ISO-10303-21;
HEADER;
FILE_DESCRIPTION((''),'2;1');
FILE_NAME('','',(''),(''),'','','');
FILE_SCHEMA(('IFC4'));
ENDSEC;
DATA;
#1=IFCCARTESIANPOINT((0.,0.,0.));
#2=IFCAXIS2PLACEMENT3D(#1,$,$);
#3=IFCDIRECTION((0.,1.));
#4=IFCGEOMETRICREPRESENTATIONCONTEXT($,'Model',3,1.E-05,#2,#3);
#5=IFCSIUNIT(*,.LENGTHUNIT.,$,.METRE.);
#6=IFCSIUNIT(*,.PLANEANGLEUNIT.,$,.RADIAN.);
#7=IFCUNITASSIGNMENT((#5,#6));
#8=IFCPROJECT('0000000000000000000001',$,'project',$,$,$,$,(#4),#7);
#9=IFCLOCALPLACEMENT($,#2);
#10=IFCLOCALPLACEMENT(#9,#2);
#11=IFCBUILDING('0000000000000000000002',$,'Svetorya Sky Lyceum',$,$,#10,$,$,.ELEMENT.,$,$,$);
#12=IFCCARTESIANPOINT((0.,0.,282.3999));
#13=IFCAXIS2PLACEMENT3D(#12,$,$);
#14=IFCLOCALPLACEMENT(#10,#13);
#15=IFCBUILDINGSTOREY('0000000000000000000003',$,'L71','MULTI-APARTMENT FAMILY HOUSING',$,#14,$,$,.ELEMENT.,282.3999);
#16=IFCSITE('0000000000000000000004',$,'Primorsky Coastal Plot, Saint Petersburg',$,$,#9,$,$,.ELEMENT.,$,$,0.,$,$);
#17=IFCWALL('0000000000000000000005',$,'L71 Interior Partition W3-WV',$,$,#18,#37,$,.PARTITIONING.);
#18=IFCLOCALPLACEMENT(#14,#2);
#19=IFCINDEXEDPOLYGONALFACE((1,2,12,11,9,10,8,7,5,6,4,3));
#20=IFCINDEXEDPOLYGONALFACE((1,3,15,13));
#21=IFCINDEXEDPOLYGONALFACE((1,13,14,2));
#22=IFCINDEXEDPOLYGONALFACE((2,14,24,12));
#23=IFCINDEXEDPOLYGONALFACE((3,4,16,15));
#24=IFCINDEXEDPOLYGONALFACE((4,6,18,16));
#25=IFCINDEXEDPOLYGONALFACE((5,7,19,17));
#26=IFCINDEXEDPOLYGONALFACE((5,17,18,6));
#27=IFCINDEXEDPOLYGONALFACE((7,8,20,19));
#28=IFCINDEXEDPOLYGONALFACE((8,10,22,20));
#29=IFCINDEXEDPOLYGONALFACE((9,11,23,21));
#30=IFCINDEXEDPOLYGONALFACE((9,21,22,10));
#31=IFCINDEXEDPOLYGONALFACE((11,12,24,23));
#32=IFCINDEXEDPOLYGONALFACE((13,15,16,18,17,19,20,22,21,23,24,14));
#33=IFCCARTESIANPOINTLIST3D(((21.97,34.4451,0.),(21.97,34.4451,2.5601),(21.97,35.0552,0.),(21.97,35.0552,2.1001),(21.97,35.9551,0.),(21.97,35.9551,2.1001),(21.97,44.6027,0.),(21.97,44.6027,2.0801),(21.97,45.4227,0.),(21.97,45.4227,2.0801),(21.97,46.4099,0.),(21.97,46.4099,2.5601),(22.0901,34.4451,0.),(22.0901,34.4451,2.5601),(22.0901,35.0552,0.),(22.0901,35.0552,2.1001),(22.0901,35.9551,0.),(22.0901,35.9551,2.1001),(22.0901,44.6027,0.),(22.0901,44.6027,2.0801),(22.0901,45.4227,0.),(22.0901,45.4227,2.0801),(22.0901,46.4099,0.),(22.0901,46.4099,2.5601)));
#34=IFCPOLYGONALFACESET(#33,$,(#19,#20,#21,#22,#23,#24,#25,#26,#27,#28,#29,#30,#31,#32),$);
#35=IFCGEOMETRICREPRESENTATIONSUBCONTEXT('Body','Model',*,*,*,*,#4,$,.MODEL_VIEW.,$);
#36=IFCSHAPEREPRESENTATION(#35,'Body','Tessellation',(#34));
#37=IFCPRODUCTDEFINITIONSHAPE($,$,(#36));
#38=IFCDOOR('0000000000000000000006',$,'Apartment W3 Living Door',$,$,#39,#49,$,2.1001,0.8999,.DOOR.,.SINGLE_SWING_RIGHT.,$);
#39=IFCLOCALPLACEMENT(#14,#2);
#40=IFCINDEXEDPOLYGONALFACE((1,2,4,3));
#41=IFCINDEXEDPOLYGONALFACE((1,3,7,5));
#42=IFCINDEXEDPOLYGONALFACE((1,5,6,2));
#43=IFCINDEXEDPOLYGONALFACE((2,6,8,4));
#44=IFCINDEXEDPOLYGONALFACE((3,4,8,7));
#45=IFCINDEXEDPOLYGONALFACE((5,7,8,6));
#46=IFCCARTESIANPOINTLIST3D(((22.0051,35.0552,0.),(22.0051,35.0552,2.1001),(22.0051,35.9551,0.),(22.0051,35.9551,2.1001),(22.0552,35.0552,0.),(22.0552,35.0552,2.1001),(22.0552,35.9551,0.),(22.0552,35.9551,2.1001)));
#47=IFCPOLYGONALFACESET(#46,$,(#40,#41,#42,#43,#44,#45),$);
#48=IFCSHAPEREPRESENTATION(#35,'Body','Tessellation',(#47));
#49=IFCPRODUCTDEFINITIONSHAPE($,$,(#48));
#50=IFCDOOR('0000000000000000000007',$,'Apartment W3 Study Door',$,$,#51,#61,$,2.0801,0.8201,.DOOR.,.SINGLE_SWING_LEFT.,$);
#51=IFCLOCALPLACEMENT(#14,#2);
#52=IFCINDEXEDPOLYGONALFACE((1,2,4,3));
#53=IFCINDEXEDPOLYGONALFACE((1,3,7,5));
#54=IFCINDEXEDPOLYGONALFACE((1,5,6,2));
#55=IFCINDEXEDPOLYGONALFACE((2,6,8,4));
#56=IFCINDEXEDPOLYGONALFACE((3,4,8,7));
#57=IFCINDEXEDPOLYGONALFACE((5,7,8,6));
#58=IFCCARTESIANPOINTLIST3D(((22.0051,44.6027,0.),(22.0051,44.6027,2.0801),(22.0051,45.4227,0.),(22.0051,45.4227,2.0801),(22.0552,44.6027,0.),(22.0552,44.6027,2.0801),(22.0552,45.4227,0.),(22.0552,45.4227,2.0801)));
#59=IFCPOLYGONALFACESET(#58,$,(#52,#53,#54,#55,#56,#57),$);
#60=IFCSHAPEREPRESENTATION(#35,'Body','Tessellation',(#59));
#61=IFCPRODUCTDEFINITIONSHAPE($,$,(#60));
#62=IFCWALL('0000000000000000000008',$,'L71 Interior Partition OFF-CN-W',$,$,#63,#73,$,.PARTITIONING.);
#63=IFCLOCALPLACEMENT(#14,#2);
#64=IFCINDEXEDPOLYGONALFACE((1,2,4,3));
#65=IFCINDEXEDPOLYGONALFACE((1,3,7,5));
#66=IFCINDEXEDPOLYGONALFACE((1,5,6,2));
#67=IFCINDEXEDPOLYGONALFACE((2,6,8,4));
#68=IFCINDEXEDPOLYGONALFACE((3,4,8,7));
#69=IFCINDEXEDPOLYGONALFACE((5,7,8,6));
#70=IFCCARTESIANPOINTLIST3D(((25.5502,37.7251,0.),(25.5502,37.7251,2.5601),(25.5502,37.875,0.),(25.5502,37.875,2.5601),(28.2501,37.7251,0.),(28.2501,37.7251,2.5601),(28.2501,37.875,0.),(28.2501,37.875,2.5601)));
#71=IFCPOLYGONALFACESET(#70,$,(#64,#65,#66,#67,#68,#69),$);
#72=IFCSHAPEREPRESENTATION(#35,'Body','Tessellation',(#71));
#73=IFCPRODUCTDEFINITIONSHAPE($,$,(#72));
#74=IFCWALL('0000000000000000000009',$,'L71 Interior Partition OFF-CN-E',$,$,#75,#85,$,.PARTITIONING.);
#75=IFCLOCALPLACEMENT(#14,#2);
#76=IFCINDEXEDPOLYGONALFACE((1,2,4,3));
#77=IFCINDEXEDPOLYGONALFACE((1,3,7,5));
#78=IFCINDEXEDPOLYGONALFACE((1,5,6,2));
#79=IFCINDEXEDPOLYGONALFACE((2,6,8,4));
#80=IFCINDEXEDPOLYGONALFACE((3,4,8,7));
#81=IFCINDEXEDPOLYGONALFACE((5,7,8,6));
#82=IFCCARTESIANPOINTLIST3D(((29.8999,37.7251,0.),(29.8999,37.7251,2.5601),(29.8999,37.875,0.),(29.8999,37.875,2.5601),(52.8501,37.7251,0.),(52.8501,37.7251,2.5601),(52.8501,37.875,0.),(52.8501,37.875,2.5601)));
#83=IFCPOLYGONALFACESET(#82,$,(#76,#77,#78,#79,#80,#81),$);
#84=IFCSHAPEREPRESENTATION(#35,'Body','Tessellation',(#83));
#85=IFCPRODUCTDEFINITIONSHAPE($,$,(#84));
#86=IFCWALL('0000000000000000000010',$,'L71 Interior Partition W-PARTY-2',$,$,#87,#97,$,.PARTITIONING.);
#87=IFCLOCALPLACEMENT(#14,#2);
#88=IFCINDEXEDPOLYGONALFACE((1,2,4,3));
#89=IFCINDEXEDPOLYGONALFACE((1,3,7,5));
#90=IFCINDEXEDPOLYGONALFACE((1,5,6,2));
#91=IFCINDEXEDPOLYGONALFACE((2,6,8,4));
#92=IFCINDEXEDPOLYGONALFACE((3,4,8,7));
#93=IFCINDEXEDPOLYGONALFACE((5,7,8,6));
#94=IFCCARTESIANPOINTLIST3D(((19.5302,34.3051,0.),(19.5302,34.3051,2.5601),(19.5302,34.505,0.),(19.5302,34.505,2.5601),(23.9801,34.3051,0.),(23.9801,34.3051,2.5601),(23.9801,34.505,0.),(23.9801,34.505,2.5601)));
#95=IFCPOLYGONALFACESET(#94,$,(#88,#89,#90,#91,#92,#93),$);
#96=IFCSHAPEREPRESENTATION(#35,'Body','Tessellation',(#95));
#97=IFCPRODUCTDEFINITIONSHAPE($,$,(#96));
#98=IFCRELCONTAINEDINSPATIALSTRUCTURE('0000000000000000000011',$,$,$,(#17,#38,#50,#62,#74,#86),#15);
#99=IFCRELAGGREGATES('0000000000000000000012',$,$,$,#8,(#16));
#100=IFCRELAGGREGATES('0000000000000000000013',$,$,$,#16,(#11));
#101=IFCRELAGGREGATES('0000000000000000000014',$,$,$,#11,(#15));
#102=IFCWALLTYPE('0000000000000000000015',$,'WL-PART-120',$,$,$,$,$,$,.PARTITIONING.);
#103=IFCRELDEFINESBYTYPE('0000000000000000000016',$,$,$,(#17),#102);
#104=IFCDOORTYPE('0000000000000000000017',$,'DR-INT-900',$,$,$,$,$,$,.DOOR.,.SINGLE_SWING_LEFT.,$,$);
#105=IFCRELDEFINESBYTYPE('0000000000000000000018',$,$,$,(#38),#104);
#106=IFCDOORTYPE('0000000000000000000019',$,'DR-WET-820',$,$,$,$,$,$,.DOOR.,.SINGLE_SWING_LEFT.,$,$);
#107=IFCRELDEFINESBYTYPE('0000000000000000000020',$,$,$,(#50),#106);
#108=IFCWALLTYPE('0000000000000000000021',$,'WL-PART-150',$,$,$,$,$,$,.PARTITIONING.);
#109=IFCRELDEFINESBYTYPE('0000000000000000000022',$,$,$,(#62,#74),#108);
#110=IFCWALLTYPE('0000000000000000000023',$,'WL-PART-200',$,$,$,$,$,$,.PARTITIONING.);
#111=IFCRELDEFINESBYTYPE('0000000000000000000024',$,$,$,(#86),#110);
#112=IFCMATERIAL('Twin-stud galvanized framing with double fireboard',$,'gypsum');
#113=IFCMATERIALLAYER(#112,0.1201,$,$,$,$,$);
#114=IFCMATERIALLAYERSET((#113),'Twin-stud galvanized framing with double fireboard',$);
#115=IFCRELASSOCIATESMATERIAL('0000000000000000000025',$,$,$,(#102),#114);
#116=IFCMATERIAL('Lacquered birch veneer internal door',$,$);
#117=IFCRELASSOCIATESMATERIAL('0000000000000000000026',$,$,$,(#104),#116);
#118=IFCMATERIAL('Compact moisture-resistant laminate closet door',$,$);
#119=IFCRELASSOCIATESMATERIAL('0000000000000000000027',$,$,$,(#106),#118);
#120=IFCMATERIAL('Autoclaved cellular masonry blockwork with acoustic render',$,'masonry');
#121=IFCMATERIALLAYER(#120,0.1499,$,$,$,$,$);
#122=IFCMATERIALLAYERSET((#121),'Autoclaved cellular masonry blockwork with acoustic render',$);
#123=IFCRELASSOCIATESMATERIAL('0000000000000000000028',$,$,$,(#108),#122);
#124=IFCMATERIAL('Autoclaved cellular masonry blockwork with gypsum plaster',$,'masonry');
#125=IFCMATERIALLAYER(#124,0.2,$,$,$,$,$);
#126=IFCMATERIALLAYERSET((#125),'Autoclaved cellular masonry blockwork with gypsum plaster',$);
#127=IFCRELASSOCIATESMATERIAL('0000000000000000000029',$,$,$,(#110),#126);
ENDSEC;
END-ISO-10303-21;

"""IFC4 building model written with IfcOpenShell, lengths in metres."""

from ifc_helpers import new_model, si_unit, direction, frame, frame_2d, origin, place, context, subcontext, project, spatial, rectangle, extrude, material, layer, layer_set, type_object, element, fill, save


model = new_model("IFC4")

# Units and contexts
model_context = context("Model", 3, precision=1e-05, world=origin(), true_north=direction((0.0, 1.0)))
body_context = subcontext(model_context, "Body", "Model", "MODEL_VIEW")
ifc_project = project(units=[si_unit("LENGTHUNIT", "METRE"), si_unit("PLANEANGLEUNIT", "RADIAN")], contexts=[model_context])

# Site, building, storey
site_placement = place(None, origin())
site = spatial("IfcSite", under=ifc_project, at=site_placement, Name="Primorsky Coastal Plot, Saint Petersburg", CompositionType="ELEMENT", RefElevation=0.0)
building_placement = place(site_placement, origin())
building = spatial("IfcBuilding", under=site, at=building_placement, Name="Svetorya Sky Lyceum", CompositionType="ELEMENT")
storey_placement = place(building_placement, frame((0.0, 0.0, 282.3999)))
storey = spatial("IfcBuildingStorey", under=building, at=storey_placement, Name="L71", Description="MULTI-APARTMENT FAMILY HOUSING", CompositionType="ELEMENT", Elevation=282.3999)

# Wall, openings, doors
ifc_material_1 = material(Name="Twin-stud galvanized framing with double fireboard", Category="gypsum")
ifc_layer_1 = layer(ifc_material_1, 0.1201)
ifc_layer_set_1 = layer_set([ifc_layer_1], Name="Twin-stud galvanized framing with double fireboard")
wall_type_1 = type_object("IfcWallType", Name="WL-PART-120", PredefinedType="PARTITIONING", material=ifc_layer_set_1)
wall_1_placement = place(storey_placement, frame((22.03, 34.4451, 0.0), z_axis=(0.0, 0.0, 1.0), x_axis=(0.0, 1.0, 0.0)))
wall_1 = element("IfcWall", 1, at=wall_1_placement, inside=storey, type_object=wall_type_1, Name="L71 Interior Partition W3-WV", PredefinedType="PARTITIONING", context=body_context, shape_type="SweptSolid", body=[
    extrude(rectangle(XDim=11.9648, YDim=0.1201, at=frame_2d((5.9824, 0.0))), origin(), (0.0, 0.0, 1.0), 2.5601),
])
opening_1_placement = place(wall_1_placement, frame((0.6101, 0.0, 0.0)))
opening_1 = element("IfcOpeningElement", 2, at=opening_1_placement, cuts=wall_1, PredefinedType="OPENING", context=body_context, shape_type="SweptSolid", body=[
    extrude(rectangle(XDim=0.8999, YDim=2.1001, at=frame_2d((0.45, 1.05))), frame((0.0, 0.0701, 0.0), z_axis=(0.0, -1.0, 0.0), x_axis=(1.0, 0.0, 0.0)), (0.0, 0.0, 1.0), 0.1401),
])
opening_2_placement = place(wall_1_placement, frame((10.1575, 0.0, 0.0)))
opening_2 = element("IfcOpeningElement", 3, at=opening_2_placement, cuts=wall_1, PredefinedType="OPENING", context=body_context, shape_type="SweptSolid", body=[
    extrude(rectangle(XDim=0.8201, YDim=2.0801, at=frame_2d((0.4102, 1.04))), frame((0.0, 0.0701, 0.0), z_axis=(0.0, -1.0, 0.0), x_axis=(1.0, 0.0, 0.0)), (0.0, 0.0, 1.0), 0.1401),
])
ifc_material_2 = material(Name="Lacquered birch veneer internal door")
door_type_1 = type_object("IfcDoorType", Name="DR-INT-900", OperationType="SINGLE_SWING_LEFT", PredefinedType="DOOR", material=ifc_material_2)
door_1_placement = place(opening_1_placement, origin())
door_1 = element("IfcDoor", 4, at=door_1_placement, inside=storey, type_object=door_type_1, Name="Apartment W3 Living Door", OperationType="SINGLE_SWING_RIGHT", OverallHeight=2.1001, OverallWidth=0.8999, PredefinedType="DOOR", context=body_context, shape_type="SweptSolid", body=[
    extrude(rectangle(XDim=0.8999, YDim=2.1001, at=frame_2d((0.45, 1.05))), frame((0.0, 0.0249, 0.0), z_axis=(0.0, -1.0, 0.0), x_axis=(1.0, 0.0, 0.0)), (0.0, 0.0, 1.0), 0.05),
])
fill(opening_1, door_1)
ifc_material_3 = material(Name="Compact moisture-resistant laminate closet door")
door_type_2 = type_object("IfcDoorType", Name="DR-WET-820", OperationType="SINGLE_SWING_LEFT", PredefinedType="DOOR", material=ifc_material_3)
door_2_placement = place(opening_2_placement, origin())
door_2 = element("IfcDoor", 5, at=door_2_placement, inside=storey, type_object=door_type_2, Name="Apartment W3 Study Door", OperationType="SINGLE_SWING_LEFT", OverallHeight=2.0801, OverallWidth=0.8201, PredefinedType="DOOR", context=body_context, shape_type="SweptSolid", body=[
    extrude(rectangle(XDim=0.8201, YDim=2.0801, at=frame_2d((0.4102, 1.04))), frame((0.0, 0.0249, 0.0), z_axis=(0.0, -1.0, 0.0), x_axis=(1.0, 0.0, 0.0)), (0.0, 0.0, 1.0), 0.05),
])
fill(opening_2, door_2)

# Walls
ifc_material_4 = material(Name="Autoclaved cellular masonry blockwork with acoustic render", Category="masonry")
ifc_layer_2 = layer(ifc_material_4, 0.1499)
ifc_layer_set_2 = layer_set([ifc_layer_2], Name="Autoclaved cellular masonry blockwork with acoustic render")
wall_type_2 = type_object("IfcWallType", Name="WL-PART-150", PredefinedType="PARTITIONING", material=ifc_layer_set_2)
wall_2_placement = place(storey_placement, frame((25.55, 37.8, 0.0), z_axis=(0.0, 0.0, 1.0), x_axis=(1.0, 0.0, 0.0)))
element("IfcWall", 6, at=wall_2_placement, inside=storey, type_object=wall_type_2, Name="L71 Interior Partition OFF-CN-W", PredefinedType="PARTITIONING", context=body_context, shape_type="SweptSolid", body=[
    extrude(rectangle(XDim=2.7, YDim=0.1499, at=frame_2d((1.3501, 0.0))), origin(), (0.0, 0.0, 1.0), 2.5601),
])
wall_3_placement = place(storey_placement, frame((29.8999, 37.8, 0.0), z_axis=(0.0, 0.0, 1.0), x_axis=(1.0, 0.0, 0.0)))
element("IfcWall", 7, at=wall_3_placement, inside=storey, type_object=wall_type_2, Name="L71 Interior Partition OFF-CN-E", PredefinedType="PARTITIONING", context=body_context, shape_type="SweptSolid", body=[
    extrude(rectangle(XDim=22.9502, YDim=0.1499, at=frame_2d((11.4751, 0.0))), origin(), (0.0, 0.0, 1.0), 2.5601),
])
ifc_material_5 = material(Name="Autoclaved cellular masonry blockwork with gypsum plaster", Category="masonry")
ifc_layer_3 = layer(ifc_material_5, 0.2)
ifc_layer_set_3 = layer_set([ifc_layer_3], Name="Autoclaved cellular masonry blockwork with gypsum plaster")
wall_type_3 = type_object("IfcWallType", Name="WL-PART-200", PredefinedType="PARTITIONING", material=ifc_layer_set_3)
wall_4_placement = place(storey_placement, frame((19.53, 34.405, 0.0), z_axis=(0.0, 0.0, 1.0), x_axis=(1.0, 0.0, 0.0)))
element("IfcWall", 8, at=wall_4_placement, inside=storey, type_object=wall_type_3, Name="L71 Interior Partition W-PARTY-2", PredefinedType="PARTITIONING", context=body_context, shape_type="SweptSolid", body=[
    extrude(rectangle(XDim=4.45, YDim=0.2, at=frame_2d((2.2251, 0.0))), origin(), (0.0, 0.0, 1.0), 2.5601),
])

save(model, "model.ifc")
